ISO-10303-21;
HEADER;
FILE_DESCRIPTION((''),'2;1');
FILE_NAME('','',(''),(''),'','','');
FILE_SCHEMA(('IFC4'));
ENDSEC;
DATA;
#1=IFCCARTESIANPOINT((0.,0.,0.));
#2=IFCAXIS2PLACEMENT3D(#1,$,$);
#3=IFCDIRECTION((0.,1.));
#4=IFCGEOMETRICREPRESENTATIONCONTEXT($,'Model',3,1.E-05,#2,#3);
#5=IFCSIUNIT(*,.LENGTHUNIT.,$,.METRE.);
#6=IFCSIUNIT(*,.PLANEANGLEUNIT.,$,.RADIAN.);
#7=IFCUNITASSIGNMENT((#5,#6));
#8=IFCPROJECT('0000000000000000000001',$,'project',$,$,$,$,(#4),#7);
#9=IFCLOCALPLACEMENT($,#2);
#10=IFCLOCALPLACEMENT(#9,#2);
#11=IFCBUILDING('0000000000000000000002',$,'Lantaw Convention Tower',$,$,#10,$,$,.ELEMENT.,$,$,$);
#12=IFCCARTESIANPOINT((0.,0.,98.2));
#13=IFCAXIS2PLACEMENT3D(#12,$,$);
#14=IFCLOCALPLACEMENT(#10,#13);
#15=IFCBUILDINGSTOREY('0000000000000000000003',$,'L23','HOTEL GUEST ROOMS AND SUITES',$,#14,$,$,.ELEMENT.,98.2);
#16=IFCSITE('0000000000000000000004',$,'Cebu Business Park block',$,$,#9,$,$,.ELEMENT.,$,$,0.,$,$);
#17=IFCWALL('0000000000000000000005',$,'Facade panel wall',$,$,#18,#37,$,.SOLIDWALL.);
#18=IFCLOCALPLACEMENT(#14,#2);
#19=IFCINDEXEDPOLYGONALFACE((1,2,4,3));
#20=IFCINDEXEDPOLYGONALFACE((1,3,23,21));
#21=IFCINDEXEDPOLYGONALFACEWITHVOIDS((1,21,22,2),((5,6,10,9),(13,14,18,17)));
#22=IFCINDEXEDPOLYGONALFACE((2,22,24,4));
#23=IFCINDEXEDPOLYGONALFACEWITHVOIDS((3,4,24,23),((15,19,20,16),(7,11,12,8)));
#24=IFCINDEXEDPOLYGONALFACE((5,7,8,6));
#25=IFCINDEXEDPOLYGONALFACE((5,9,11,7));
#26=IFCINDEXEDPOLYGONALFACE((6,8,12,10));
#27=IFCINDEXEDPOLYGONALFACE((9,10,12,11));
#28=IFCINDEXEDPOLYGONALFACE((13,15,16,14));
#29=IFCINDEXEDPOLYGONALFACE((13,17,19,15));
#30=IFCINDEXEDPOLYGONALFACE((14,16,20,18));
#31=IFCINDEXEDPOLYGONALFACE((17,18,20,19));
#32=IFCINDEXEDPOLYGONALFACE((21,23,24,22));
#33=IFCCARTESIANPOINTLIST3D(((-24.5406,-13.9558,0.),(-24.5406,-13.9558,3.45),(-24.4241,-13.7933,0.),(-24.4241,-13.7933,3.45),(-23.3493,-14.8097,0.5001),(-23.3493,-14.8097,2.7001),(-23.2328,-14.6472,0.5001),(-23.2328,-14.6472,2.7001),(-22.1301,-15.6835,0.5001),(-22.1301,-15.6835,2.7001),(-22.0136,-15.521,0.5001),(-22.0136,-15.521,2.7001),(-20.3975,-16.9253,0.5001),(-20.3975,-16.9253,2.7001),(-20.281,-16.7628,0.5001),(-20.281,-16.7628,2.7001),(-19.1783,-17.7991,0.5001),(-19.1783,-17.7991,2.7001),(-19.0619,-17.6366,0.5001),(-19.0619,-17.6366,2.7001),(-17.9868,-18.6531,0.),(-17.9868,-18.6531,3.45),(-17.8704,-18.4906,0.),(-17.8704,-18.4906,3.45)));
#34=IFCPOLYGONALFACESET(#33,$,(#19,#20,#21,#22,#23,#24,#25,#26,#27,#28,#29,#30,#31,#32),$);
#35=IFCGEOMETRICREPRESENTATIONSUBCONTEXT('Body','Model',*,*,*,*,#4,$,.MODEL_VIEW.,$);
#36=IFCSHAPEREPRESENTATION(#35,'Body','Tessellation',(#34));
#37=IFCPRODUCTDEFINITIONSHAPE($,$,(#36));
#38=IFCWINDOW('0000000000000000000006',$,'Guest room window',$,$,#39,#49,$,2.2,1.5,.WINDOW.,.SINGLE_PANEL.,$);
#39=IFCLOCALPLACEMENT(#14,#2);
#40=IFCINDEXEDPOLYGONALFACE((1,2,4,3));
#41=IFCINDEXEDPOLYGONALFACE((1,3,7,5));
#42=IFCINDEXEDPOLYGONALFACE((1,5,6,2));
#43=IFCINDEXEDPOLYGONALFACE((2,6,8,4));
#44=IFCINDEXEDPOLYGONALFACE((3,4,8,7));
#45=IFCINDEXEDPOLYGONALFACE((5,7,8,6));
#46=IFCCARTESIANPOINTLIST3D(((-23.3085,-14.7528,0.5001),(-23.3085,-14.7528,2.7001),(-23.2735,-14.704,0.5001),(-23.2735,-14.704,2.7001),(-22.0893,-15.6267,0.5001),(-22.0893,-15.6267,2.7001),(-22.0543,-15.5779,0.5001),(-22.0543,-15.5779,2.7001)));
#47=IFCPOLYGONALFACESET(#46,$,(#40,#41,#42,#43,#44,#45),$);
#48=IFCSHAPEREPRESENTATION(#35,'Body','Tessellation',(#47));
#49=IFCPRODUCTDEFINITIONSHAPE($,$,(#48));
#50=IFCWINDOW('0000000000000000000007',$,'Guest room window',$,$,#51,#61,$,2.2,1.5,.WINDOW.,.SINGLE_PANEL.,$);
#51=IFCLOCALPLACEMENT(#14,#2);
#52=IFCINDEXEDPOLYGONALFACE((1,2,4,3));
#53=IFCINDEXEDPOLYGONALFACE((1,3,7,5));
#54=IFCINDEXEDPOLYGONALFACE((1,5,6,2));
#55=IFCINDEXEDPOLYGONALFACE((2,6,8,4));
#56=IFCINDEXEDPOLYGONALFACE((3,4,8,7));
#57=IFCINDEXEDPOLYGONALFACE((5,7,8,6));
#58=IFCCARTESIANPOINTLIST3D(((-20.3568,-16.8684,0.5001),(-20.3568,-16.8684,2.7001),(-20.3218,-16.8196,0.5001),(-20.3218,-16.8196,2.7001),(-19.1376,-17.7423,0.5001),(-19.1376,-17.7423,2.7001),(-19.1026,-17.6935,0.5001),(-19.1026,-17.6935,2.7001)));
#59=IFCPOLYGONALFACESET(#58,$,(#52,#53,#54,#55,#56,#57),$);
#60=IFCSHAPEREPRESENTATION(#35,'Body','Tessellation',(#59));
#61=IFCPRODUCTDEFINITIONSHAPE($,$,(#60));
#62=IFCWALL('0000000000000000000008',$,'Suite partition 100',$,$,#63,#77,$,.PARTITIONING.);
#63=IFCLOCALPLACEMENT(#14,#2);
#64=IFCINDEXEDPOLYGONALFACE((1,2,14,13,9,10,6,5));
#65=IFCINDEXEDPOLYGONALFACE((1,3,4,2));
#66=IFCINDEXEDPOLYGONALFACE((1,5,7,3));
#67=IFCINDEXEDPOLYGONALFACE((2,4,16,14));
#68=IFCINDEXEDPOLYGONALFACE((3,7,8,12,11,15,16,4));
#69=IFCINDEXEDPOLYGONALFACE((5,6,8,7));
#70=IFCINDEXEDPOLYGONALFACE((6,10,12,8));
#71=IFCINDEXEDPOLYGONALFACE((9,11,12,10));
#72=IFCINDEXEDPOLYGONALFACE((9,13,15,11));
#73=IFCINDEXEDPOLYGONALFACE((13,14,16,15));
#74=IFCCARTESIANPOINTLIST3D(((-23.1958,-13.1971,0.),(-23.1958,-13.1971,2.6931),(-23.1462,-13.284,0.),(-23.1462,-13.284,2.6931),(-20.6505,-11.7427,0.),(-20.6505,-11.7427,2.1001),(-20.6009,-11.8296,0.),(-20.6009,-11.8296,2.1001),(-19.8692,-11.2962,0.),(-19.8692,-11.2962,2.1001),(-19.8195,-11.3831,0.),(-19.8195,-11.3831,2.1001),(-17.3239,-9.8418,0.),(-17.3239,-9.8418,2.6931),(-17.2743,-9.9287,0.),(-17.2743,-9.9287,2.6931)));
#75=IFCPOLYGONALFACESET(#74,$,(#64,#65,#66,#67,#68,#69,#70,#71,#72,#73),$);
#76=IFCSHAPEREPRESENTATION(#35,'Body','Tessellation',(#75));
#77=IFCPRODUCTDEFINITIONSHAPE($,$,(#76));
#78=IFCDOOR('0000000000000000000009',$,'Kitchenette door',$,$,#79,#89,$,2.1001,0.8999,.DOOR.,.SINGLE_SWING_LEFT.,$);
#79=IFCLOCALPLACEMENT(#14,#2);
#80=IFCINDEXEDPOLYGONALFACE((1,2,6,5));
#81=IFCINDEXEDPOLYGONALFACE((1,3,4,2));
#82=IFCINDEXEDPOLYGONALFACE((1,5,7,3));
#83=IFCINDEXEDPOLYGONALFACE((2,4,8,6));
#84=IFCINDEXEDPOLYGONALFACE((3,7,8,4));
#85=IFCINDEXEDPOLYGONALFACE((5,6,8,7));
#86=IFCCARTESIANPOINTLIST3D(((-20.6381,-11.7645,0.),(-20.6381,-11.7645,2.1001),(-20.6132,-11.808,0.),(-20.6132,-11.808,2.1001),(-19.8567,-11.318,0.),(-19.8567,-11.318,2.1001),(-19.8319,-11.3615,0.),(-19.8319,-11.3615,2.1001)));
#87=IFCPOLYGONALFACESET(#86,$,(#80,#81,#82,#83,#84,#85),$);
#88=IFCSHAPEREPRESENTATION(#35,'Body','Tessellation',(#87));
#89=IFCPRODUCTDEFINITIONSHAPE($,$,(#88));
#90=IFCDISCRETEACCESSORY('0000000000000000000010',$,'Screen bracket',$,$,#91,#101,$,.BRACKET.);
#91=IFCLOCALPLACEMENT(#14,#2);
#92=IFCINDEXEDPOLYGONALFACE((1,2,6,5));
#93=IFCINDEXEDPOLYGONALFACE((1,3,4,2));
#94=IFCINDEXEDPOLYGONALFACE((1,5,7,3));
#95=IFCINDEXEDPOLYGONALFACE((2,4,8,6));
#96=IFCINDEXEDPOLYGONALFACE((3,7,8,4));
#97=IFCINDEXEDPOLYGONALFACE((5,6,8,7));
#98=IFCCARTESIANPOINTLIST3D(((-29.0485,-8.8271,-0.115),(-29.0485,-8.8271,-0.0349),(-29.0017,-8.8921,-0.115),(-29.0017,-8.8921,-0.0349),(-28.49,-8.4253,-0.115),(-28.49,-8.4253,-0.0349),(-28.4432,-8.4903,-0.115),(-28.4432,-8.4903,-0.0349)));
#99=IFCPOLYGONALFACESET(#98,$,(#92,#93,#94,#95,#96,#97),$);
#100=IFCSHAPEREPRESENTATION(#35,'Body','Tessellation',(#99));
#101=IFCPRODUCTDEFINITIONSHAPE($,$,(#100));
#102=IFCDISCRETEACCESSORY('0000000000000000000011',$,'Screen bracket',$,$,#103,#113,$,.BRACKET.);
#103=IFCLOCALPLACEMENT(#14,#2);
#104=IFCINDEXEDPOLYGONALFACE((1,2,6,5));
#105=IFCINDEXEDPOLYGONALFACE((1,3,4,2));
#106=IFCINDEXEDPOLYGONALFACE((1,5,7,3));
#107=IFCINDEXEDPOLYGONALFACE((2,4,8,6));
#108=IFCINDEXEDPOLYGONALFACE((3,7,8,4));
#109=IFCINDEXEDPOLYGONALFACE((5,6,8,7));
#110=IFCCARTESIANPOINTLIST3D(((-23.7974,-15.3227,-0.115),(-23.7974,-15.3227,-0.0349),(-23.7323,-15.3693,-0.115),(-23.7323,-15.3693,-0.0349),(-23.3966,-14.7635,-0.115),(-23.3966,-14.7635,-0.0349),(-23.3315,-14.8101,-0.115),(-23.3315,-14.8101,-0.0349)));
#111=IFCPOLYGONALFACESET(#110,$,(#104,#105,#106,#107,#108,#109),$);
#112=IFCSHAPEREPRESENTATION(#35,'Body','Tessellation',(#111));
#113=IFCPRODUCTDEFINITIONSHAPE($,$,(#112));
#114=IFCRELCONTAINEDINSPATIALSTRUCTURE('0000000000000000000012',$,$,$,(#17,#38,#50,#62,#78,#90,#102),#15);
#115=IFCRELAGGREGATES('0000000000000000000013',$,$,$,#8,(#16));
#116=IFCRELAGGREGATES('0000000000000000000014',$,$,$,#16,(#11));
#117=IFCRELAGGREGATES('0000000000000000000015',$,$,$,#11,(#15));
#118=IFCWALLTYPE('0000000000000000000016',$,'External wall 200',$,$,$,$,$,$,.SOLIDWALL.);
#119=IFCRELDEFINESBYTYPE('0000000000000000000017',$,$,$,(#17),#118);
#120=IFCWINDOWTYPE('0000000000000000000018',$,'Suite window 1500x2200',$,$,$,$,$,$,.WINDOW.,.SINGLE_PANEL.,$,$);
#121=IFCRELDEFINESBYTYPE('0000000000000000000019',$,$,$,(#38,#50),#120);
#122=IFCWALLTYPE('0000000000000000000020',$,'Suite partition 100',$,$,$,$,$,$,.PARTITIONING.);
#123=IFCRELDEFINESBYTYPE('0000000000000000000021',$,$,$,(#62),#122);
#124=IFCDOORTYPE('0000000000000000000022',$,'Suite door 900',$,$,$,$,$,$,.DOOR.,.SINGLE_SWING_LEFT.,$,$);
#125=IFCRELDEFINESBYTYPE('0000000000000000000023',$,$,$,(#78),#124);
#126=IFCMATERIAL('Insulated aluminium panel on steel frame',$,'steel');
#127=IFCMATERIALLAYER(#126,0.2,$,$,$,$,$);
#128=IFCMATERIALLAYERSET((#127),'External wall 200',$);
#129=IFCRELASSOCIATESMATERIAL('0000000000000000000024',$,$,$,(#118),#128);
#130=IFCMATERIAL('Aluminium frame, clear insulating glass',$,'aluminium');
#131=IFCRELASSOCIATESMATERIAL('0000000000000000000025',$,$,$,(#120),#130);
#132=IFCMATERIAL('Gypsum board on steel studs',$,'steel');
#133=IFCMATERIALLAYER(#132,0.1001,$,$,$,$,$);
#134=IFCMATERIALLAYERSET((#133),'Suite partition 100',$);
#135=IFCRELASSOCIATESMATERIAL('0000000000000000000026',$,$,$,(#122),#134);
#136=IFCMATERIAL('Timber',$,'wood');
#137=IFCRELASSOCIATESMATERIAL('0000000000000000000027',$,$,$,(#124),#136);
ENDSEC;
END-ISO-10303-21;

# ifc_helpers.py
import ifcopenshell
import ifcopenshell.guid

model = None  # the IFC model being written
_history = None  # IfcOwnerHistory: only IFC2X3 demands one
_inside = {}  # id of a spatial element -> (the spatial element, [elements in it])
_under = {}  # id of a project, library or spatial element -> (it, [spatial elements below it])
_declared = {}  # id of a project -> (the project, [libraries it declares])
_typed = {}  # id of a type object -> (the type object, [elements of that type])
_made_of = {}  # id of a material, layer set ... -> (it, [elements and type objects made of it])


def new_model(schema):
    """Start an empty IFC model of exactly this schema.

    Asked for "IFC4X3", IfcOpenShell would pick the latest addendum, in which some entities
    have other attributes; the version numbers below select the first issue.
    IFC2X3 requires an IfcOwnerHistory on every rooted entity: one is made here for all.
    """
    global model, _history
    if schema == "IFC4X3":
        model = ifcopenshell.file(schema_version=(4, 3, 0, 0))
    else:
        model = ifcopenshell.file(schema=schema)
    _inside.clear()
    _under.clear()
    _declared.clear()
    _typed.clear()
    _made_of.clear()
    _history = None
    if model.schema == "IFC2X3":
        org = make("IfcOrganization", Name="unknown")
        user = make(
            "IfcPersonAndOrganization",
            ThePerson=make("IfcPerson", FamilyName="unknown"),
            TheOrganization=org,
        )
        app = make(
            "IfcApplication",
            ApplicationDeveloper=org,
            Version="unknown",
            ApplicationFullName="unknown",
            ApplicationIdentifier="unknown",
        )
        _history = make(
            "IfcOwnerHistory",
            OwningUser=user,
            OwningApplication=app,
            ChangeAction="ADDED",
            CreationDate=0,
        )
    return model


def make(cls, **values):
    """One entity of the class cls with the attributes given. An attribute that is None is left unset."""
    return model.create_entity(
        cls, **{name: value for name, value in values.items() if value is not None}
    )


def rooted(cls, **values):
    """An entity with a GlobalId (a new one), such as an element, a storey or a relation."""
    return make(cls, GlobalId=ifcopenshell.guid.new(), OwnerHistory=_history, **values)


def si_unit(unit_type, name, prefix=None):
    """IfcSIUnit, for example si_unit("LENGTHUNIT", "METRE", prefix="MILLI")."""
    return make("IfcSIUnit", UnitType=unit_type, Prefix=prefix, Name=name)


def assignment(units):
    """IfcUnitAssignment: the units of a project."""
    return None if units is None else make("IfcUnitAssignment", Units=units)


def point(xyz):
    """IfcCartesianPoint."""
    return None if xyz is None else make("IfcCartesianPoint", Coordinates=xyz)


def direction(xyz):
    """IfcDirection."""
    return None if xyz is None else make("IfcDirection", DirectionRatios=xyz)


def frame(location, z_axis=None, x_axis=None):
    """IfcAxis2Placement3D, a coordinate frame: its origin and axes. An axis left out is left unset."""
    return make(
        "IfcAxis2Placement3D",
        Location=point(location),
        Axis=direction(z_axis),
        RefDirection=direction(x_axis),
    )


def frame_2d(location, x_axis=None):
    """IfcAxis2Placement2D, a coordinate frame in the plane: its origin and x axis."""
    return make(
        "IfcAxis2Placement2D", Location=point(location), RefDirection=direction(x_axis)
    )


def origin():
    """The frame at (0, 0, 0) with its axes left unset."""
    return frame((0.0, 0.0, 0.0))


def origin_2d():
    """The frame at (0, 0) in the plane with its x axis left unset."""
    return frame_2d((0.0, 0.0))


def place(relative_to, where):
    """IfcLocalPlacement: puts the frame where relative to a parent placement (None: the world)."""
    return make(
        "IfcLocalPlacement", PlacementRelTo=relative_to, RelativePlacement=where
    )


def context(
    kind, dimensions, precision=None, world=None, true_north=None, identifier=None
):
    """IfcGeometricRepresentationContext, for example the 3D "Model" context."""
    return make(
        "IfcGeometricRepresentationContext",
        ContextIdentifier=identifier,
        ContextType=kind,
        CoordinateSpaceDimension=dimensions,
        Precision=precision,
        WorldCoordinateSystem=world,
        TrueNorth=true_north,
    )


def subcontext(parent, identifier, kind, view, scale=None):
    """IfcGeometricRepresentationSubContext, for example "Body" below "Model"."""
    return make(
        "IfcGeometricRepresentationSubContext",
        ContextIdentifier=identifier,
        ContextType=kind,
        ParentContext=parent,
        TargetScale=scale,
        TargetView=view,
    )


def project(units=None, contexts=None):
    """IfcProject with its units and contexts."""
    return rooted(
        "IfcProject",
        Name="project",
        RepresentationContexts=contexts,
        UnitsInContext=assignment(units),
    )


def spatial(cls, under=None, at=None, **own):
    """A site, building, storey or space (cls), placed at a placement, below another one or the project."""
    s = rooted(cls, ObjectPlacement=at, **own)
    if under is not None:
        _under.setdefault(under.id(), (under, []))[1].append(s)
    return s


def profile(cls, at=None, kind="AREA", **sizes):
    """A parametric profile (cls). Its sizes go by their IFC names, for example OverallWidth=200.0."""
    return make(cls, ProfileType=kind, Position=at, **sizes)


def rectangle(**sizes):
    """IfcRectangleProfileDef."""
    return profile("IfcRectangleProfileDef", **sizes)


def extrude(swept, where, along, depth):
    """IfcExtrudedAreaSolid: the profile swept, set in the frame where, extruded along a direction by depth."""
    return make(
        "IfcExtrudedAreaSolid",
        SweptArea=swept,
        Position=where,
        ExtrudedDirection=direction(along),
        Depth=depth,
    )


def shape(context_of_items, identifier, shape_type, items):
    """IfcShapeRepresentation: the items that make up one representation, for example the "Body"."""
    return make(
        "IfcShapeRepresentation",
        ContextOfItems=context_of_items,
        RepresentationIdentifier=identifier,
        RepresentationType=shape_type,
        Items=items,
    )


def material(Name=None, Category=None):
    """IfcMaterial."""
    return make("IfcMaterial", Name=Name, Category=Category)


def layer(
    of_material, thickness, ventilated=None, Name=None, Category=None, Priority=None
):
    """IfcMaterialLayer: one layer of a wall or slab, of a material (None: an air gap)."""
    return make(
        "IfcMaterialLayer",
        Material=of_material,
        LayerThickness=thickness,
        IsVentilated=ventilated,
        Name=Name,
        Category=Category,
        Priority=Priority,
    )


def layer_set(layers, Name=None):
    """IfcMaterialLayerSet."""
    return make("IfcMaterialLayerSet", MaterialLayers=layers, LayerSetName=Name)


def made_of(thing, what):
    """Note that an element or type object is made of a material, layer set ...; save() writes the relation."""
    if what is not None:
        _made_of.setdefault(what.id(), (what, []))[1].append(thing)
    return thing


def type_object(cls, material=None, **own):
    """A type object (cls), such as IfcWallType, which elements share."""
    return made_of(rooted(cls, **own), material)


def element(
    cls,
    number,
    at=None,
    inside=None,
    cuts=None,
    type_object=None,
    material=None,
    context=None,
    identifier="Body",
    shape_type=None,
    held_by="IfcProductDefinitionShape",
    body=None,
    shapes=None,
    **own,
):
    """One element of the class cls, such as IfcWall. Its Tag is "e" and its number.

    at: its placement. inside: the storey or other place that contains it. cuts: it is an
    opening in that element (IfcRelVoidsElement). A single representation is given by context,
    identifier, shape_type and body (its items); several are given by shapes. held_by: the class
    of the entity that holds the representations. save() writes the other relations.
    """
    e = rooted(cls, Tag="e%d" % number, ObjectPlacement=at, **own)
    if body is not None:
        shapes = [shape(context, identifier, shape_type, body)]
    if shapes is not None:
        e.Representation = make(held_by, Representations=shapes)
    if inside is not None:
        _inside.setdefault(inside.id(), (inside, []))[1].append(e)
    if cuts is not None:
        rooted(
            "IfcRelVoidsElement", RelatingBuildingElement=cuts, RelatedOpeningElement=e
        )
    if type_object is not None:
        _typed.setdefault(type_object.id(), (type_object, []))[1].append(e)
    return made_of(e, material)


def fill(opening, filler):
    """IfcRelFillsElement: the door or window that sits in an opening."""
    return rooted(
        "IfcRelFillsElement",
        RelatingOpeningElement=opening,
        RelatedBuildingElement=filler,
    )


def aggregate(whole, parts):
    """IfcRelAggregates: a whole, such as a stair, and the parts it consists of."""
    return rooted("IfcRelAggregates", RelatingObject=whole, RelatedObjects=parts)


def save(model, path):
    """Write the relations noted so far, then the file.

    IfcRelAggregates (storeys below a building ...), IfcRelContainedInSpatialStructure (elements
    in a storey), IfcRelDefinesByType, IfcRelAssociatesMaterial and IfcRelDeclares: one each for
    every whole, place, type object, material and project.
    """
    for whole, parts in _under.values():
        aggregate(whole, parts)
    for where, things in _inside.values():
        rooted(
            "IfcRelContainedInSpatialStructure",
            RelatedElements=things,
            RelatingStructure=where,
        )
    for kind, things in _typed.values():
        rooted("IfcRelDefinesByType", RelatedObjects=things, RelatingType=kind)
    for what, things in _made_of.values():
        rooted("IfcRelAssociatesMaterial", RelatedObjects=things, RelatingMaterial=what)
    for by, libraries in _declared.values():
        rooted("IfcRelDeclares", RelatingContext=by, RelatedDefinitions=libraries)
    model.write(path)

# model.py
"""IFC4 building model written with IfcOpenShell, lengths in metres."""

from ifc_helpers import new_model, si_unit, direction, frame, frame_2d, origin, origin_2d, place, context, subcontext, project, spatial, rectangle, extrude, material, layer, layer_set, type_object, element, fill, save


model = new_model("IFC4")

# Units and contexts
model_context = context("Model", 3, precision=1e-05, world=origin(), true_north=direction((0.0, 1.0)))
body_context = subcontext(model_context, "Body", "Model", "MODEL_VIEW")
ifc_project = project(units=[si_unit("LENGTHUNIT", "METRE"), si_unit("PLANEANGLEUNIT", "RADIAN")], contexts=[model_context])

# Site, building, storey
site_placement = place(None, origin())
site = spatial("IfcSite", under=ifc_project, at=site_placement, Name="Cebu Business Park block", CompositionType="ELEMENT", RefElevation=0.0)
building_placement = place(site_placement, origin())
building = spatial("IfcBuilding", under=site, at=building_placement, Name="Lantaw Convention Tower", CompositionType="ELEMENT")
storey_placement = place(building_placement, frame((0.0, 0.0, 98.2)))
storey = spatial("IfcBuildingStorey", under=building, at=storey_placement, Name="L23", Description="HOTEL GUEST ROOMS AND SUITES", CompositionType="ELEMENT", Elevation=98.2)

# Wall, openings, windows
ifc_material_1 = material(Name="Insulated aluminium panel on steel frame", Category="steel")
ifc_layer_1 = layer(ifc_material_1, 0.2)
ifc_layer_set_1 = layer_set([ifc_layer_1], Name="External wall 200")
wall_type_1 = type_object("IfcWallType", Name="External wall 200", PredefinedType="SOLIDWALL", material=ifc_layer_set_1)
ifc_material_2 = material(Name="Aluminium frame, clear insulating glass", Category="aluminium")
window_type = type_object("IfcWindowType", Name="Suite window 1500x2200", PartitioningType="SINGLE_PANEL", PredefinedType="WINDOW", material=ifc_material_2)
wall_1_placement = place(storey_placement, frame((-24.4824, -13.8745, 0.0), z_axis=(0.0, 0.0, 1.0), x_axis=(0.812791, -0.582555, 0.0)))
wall_1 = element("IfcWall", 1, at=wall_1_placement, inside=storey, type_object=wall_type_1, Name="Facade panel wall", PredefinedType="SOLIDWALL", context=body_context, shape_type="SweptSolid", body=[
    extrude(rectangle(XDim=8.0632, YDim=0.2, at=frame_2d((4.0317, 0.0))), origin(), (0.0, 0.0, 1.0), 3.45),
])
opening_1_placement = place(wall_1_placement, frame((1.4658, 0.0, 0.5)))
opening_1 = element("IfcOpeningElement", 2, at=opening_1_placement, cuts=wall_1, PredefinedType="OPENING", context=body_context, shape_type="SweptSolid", body=[
    extrude(rectangle(XDim=1.5, YDim=2.2, at=frame_2d((0.75, 1.1001))), frame((0.0, 0.1099, 0.0), z_axis=(0.0, -1.0, 0.0), x_axis=(1.0, 0.0, 0.0)), (0.0, 0.0, 1.0), 0.22),
])
opening_2_placement = place(wall_1_placement, frame((5.0974, 0.0, 0.5)))
opening_2 = element("IfcOpeningElement", 3, at=opening_2_placement, cuts=wall_1, PredefinedType="OPENING", context=body_context, shape_type="SweptSolid", body=[
    extrude(rectangle(XDim=1.5, YDim=2.2, at=frame_2d((0.75, 1.1001))), frame((0.0, 0.1099, 0.0), z_axis=(0.0, -1.0, 0.0), x_axis=(1.0, 0.0, 0.0)), (0.0, 0.0, 1.0), 0.22),
])
window_1_placement = place(opening_1_placement, origin())
window_1 = element("IfcWindow", 4, at=window_1_placement, inside=storey, type_object=window_type, Name="Guest room window", OverallHeight=2.2, OverallWidth=1.5, PartitioningType="SINGLE_PANEL", PredefinedType="WINDOW", context=body_context, shape_type="SweptSolid", body=[
    extrude(rectangle(XDim=1.5, YDim=2.2, at=frame_2d((0.75, 1.1001))), frame((0.0, 0.03, 0.0), z_axis=(0.0, -1.0, 0.0), x_axis=(1.0, 0.0, 0.0)), (0.0, 0.0, 1.0), 0.0601),
])
fill(opening_1, window_1)
window_2_placement = place(opening_2_placement, origin())
window_2 = element("IfcWindow", 5, at=window_2_placement, inside=storey, type_object=window_type, Name="Guest room window", OverallHeight=2.2, OverallWidth=1.5, PartitioningType="SINGLE_PANEL", PredefinedType="WINDOW", context=body_context, shape_type="SweptSolid", body=[
    extrude(rectangle(XDim=1.5, YDim=2.2, at=frame_2d((0.75, 1.1001))), frame((0.0, 0.03, 0.0), z_axis=(0.0, -1.0, 0.0), x_axis=(1.0, 0.0, 0.0)), (0.0, 0.0, 1.0), 0.0601),
])
fill(opening_2, window_2)

# Wall, opening, door
ifc_material_3 = material(Name="Gypsum board on steel studs", Category="steel")
ifc_layer_2 = layer(ifc_material_3, 0.1001)
ifc_layer_set_2 = layer_set([ifc_layer_2], Name="Suite partition 100")
wall_type_2 = type_object("IfcWallType", Name="Suite partition 100", PredefinedType="PARTITIONING", material=ifc_layer_set_2)
wall_2_placement = place(storey_placement, frame((-23.1709, -13.2405, 0.0), z_axis=(0.0, 0.0, 1.0), x_axis=(0.86825, 0.496127, 0.0)))
wall_2 = element("IfcWall", 6, at=wall_2_placement, inside=storey, type_object=wall_type_2, Name="Suite partition 100", PredefinedType="PARTITIONING", context=body_context, shape_type="SweptSolid", body=[
    extrude(rectangle(XDim=6.7629, YDim=0.1001, at=frame_2d((3.3813, 0.0))), origin(), (0.0, 0.0, 1.0), 2.6931),
])
opening_3_placement = place(wall_2_placement, frame((2.9314, 0.0, 0.0)))
opening_3 = element("IfcOpeningElement", 7, at=opening_3_placement, cuts=wall_2, PredefinedType="OPENING", context=body_context, shape_type="SweptSolid", body=[
    extrude(rectangle(XDim=0.8999, YDim=2.1001, at=frame_2d((0.45, 1.05))), frame((0.0, 0.0601, 0.0), z_axis=(0.0, -1.0, 0.0), x_axis=(1.0, 0.0, 0.0)), (0.0, 0.0, 1.0), 0.1201),
])
ifc_material_4 = material(Name="Timber", Category="wood")
door_type = type_object("IfcDoorType", Name="Suite door 900", OperationType="SINGLE_SWING_LEFT", PredefinedType="DOOR", material=ifc_material_4)
door_placement = place(opening_3_placement, origin())
door = element("IfcDoor", 8, at=door_placement, inside=storey, type_object=door_type, Name="Kitchenette door", OperationType="SINGLE_SWING_LEFT", OverallHeight=2.1001, OverallWidth=0.8999, PredefinedType="DOOR", context=body_context, shape_type="SweptSolid", body=[
    extrude(rectangle(XDim=0.8999, YDim=2.1001, at=frame_2d((0.45, 1.05))), frame((0.0, 0.0249, 0.0), z_axis=(0.0, -1.0, 0.0), x_axis=(1.0, 0.0, 0.0)), (0.0, 0.0, 1.0), 0.05),
])
fill(opening_3, door)

# Discrete accessories
for number, where, z_axis, x_axis, name in (
    (9, (-28.7458, -8.6587, -0.115), (0.0, 0.0, 1.0), (0.583951, -0.811789, 0.0), "Screen bracket"),
    (10, (-23.5645, -15.0664, -0.115), (0.0, 0.0, 1.0), (0.812804, -0.582538, 0.0), "Screen bracket"),
):
    element("IfcDiscreteAccessory", number, at=place(storey_placement, frame(where, z_axis=z_axis, x_axis=x_axis)), inside=storey, Name=name, PredefinedType="BRACKET", context=body_context, shape_type="SweptSolid", body=[
        extrude(rectangle(XDim=0.0801, YDim=0.688, at=origin_2d()), origin(), (0.0, 0.0, 1.0), 0.0801),
    ])

save(model, "model.ifc")
